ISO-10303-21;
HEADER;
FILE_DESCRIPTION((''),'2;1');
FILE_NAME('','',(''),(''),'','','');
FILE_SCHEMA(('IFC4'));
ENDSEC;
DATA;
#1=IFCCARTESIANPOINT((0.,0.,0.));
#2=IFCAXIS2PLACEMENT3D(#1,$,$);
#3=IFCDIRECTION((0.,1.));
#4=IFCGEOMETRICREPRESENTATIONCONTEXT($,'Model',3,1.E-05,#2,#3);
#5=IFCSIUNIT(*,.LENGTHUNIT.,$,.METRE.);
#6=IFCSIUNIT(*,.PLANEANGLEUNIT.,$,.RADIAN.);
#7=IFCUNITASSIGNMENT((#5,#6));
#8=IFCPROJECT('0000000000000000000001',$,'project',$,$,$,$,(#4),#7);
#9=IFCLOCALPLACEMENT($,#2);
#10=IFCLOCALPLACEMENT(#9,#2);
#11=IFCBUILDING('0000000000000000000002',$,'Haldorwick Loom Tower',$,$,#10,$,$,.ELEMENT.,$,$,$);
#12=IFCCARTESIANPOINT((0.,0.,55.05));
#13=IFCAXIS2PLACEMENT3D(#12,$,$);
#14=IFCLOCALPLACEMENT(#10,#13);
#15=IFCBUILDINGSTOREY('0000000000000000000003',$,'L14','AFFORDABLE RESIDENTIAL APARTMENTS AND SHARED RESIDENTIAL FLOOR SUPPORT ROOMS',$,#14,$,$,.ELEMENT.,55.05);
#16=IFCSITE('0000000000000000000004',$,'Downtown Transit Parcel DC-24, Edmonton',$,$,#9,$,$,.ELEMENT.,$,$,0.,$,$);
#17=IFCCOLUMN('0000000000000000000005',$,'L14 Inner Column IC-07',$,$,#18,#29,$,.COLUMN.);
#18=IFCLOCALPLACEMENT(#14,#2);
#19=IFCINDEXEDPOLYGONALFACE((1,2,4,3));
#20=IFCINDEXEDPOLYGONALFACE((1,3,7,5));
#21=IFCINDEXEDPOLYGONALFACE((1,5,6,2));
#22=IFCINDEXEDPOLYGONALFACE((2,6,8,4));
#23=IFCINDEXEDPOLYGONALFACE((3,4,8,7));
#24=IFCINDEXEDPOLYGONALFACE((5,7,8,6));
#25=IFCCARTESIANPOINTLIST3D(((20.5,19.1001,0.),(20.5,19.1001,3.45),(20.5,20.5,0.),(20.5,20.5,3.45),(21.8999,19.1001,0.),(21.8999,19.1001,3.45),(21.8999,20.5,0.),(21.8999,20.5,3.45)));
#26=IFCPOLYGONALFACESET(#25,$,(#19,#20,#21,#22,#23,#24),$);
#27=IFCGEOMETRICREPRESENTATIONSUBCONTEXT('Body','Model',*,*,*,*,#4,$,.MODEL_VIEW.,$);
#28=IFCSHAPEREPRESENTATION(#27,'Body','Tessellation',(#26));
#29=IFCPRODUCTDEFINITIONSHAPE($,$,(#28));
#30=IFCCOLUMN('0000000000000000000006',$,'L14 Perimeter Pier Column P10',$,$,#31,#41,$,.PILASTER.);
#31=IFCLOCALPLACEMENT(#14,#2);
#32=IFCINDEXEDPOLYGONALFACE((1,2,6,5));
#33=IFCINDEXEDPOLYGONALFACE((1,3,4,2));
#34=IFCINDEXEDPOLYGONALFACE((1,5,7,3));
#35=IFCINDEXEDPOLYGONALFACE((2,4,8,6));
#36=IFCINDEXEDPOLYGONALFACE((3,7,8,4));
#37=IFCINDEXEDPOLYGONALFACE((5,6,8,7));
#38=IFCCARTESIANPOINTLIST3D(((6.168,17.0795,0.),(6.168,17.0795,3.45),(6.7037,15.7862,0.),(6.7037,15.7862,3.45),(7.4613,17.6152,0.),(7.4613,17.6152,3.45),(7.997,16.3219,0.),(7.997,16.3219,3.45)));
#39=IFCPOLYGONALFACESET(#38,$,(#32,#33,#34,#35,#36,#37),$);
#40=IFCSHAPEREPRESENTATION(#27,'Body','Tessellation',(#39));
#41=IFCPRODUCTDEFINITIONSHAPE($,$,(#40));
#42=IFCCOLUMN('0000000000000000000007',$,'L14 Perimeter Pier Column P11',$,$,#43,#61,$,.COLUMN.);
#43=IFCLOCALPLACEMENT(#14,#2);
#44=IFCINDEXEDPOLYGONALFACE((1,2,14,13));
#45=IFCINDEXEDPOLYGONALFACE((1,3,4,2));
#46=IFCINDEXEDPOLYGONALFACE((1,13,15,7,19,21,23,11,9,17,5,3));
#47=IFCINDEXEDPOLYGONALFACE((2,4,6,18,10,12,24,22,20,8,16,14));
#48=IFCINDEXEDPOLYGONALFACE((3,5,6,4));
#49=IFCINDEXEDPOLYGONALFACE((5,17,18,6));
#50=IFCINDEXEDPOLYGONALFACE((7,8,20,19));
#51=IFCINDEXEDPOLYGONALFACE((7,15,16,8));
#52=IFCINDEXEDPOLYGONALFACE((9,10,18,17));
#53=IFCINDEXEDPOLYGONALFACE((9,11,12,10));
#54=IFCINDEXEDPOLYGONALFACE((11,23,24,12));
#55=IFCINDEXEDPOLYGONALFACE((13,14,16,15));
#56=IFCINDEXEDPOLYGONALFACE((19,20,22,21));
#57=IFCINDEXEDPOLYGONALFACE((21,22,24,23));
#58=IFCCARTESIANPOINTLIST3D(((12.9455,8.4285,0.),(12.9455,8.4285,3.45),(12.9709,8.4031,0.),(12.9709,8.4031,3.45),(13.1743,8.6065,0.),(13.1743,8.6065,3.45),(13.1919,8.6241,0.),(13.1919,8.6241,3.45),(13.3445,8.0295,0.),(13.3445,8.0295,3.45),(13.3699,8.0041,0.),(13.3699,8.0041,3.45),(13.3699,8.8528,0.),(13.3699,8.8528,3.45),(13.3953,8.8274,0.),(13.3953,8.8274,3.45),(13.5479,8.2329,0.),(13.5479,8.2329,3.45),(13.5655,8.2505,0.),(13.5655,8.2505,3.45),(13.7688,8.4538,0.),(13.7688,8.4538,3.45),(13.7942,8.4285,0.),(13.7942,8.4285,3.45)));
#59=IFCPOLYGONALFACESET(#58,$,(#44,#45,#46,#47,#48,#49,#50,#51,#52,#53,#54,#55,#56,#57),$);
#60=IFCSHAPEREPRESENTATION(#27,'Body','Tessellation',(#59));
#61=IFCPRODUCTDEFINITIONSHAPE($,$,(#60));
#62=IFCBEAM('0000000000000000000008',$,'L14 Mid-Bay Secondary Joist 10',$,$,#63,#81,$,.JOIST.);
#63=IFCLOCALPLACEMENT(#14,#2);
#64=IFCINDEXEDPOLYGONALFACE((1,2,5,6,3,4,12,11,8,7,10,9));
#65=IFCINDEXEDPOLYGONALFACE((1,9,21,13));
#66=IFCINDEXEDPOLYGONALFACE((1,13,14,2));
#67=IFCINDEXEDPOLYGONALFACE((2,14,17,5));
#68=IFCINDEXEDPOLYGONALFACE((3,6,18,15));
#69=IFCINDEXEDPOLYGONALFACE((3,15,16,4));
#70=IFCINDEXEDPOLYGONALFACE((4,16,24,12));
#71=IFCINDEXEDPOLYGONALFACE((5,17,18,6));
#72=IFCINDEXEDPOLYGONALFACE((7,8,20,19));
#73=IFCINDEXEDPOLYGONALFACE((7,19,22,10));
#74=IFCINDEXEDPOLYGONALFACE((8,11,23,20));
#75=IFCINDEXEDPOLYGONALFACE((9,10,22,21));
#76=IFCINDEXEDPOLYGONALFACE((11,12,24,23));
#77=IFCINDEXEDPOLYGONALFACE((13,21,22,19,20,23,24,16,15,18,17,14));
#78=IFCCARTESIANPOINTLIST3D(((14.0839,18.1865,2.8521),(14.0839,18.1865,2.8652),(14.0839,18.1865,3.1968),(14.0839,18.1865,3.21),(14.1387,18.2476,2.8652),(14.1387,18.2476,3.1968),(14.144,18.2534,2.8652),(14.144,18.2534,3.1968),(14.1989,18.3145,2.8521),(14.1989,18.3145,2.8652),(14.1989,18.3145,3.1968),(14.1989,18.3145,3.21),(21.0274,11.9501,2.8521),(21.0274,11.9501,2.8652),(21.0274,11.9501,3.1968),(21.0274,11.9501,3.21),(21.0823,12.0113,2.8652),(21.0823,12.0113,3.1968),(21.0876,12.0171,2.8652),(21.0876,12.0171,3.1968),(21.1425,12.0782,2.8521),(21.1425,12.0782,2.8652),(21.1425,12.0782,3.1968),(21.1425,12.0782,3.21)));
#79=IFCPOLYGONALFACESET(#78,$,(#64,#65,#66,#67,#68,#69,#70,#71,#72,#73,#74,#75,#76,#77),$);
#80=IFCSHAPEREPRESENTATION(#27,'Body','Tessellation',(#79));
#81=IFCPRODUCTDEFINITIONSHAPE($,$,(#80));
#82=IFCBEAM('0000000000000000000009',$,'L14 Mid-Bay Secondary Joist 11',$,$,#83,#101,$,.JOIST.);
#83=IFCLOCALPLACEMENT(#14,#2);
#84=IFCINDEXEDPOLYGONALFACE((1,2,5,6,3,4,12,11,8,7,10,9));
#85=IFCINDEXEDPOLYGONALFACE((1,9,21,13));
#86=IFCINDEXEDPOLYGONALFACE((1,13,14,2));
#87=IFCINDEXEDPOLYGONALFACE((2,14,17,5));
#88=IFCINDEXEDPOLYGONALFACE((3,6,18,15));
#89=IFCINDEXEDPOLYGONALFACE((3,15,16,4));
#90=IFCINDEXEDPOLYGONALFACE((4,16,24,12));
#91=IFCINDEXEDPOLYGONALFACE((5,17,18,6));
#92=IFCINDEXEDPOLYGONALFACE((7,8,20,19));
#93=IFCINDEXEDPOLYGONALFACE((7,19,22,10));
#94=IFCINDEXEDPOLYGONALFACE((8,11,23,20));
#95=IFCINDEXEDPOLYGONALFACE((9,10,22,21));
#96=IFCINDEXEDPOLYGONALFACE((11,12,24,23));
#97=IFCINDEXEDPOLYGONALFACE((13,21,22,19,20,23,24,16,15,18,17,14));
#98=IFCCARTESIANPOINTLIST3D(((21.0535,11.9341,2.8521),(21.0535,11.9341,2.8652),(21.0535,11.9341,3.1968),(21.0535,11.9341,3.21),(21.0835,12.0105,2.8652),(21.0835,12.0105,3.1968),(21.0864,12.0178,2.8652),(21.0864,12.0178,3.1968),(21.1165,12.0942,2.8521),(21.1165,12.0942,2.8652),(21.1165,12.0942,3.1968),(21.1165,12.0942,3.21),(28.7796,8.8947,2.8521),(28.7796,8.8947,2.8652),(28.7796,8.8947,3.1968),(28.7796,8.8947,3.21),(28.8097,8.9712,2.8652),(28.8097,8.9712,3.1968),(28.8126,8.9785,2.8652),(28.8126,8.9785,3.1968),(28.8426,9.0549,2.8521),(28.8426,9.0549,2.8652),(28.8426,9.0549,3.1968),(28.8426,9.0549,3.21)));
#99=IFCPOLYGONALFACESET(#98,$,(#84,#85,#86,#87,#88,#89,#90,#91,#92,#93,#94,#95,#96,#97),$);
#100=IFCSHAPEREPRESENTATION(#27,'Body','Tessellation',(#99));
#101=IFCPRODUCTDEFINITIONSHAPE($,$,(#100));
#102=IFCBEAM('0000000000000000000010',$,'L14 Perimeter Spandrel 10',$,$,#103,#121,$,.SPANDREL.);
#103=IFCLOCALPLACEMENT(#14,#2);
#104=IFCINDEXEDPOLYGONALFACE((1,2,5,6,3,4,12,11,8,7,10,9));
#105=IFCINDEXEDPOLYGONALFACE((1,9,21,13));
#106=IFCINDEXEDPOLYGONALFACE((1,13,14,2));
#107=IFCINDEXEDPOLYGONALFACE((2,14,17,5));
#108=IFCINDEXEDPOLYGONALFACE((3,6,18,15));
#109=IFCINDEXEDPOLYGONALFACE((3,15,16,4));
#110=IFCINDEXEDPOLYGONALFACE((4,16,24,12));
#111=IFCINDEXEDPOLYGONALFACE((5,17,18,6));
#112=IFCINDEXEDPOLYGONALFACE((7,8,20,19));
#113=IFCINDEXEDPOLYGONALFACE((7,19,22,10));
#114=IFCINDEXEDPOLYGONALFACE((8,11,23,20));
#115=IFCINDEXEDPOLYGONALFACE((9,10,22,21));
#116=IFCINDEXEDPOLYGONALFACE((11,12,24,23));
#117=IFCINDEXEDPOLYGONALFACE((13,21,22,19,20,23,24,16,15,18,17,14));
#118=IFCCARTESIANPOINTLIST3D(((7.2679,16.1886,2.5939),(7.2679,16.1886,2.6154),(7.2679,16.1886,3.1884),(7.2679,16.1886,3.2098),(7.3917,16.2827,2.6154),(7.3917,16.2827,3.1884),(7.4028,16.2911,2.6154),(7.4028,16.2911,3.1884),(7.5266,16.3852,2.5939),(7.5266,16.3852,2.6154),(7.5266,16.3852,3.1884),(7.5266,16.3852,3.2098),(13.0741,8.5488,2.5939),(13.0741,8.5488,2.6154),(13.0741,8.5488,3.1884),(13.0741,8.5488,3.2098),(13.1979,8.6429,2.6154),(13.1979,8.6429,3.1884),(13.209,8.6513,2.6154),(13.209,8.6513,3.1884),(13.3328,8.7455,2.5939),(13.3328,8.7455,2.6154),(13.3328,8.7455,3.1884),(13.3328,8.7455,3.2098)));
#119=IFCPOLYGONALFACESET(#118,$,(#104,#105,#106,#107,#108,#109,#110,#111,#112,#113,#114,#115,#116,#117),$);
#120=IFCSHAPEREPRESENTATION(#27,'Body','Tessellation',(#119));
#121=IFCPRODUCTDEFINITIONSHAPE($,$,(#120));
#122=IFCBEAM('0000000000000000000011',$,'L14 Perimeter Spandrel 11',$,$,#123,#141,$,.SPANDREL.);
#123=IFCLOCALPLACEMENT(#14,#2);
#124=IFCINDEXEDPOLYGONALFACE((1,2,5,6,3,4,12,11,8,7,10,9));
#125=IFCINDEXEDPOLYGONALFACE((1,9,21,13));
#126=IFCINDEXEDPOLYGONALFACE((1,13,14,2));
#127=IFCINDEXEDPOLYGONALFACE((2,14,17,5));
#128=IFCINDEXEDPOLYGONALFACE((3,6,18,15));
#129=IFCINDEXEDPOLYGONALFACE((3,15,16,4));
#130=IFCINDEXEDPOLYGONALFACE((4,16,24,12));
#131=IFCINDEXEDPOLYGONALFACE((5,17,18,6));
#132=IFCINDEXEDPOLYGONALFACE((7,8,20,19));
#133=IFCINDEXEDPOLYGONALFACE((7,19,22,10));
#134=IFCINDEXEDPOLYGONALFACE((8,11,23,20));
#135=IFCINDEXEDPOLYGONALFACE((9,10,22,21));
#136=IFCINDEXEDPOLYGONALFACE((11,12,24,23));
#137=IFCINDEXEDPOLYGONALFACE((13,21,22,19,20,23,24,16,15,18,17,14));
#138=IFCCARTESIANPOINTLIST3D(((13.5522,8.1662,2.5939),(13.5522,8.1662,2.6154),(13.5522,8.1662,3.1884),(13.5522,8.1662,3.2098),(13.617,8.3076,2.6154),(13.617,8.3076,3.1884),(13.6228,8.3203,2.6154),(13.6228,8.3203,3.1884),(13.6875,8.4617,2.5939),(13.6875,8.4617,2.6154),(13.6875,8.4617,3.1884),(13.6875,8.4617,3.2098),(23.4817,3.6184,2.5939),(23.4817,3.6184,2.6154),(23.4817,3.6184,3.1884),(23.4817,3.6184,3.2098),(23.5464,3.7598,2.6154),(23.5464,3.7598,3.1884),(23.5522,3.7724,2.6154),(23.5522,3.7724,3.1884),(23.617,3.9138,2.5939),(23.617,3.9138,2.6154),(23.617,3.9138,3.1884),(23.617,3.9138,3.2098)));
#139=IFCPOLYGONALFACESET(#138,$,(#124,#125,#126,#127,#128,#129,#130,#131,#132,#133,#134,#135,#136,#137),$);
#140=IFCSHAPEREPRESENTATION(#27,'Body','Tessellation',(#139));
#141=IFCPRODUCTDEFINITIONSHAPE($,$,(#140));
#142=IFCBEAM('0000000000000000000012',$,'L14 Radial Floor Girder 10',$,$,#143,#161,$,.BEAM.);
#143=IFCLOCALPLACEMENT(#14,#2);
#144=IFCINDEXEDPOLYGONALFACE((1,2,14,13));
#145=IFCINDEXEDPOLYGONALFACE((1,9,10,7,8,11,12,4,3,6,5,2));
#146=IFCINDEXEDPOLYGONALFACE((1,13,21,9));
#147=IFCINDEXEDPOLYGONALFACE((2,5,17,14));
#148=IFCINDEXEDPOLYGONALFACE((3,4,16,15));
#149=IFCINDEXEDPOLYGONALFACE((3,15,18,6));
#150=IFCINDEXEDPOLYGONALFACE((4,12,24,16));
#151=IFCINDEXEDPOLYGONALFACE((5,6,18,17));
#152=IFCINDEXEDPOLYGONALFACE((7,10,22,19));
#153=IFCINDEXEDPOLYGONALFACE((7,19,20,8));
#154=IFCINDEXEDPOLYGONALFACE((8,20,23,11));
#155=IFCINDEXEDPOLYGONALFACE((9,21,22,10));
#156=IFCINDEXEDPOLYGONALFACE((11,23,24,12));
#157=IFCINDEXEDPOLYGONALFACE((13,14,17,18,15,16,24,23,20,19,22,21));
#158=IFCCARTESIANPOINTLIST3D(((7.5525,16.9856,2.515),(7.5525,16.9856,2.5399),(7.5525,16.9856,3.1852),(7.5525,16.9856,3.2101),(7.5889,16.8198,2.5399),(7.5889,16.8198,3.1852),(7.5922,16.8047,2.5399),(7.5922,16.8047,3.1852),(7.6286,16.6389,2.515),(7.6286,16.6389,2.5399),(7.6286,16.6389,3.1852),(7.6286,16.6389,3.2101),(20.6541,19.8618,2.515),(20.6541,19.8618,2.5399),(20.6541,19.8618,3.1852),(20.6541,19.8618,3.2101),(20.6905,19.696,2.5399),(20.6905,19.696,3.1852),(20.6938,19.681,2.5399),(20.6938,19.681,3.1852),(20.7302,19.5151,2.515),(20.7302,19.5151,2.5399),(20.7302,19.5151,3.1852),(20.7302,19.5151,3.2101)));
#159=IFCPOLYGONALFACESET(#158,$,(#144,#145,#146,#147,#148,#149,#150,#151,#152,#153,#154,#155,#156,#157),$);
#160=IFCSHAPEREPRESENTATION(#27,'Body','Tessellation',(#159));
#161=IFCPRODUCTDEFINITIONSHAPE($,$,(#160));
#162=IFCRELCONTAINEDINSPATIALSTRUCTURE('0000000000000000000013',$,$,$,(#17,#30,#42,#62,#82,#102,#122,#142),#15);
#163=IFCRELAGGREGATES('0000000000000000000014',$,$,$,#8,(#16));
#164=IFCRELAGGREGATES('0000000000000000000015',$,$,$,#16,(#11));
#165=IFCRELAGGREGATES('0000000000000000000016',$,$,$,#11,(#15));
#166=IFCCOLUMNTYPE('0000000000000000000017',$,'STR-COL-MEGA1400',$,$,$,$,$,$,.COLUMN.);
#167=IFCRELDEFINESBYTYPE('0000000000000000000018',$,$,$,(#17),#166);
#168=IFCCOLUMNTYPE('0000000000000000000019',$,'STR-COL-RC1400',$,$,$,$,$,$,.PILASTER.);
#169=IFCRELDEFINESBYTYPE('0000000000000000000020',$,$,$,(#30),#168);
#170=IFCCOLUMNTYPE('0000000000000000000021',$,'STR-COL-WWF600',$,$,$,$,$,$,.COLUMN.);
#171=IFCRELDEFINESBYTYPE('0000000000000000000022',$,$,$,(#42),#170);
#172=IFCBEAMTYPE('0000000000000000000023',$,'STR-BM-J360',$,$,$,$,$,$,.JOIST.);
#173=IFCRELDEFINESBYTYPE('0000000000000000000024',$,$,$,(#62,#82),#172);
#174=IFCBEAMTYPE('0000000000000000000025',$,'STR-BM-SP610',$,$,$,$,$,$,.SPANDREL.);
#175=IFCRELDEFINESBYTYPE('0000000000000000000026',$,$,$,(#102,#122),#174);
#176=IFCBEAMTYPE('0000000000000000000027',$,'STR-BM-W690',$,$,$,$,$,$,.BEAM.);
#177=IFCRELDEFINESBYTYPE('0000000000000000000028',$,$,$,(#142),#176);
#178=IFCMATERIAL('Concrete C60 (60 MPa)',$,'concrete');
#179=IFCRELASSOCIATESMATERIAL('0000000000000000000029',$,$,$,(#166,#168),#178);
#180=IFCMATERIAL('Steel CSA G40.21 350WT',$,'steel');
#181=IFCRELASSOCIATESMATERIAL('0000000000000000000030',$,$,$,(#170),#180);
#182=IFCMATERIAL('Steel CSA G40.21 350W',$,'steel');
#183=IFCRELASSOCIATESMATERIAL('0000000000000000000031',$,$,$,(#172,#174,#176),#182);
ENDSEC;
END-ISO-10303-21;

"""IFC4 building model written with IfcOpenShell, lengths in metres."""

from ifc_helpers import new_model, si_unit, direction, frame, origin, origin_2d, place, context, subcontext, project, spatial, rectangle, i_section, extrude, material, material_profile, profile_set, type_object, element, save


model = new_model("IFC4")

# Units and contexts
model_context = context("Model", 3, precision=1e-05, world=origin(), true_north=direction((0.0, 1.0)))
body_context = subcontext(model_context, "Body", "Model", "MODEL_VIEW")
ifc_project = project(units=[si_unit("LENGTHUNIT", "METRE"), si_unit("PLANEANGLEUNIT", "RADIAN")], contexts=[model_context])

# Site, building, storey
site_placement = place(None, origin())
site = spatial("IfcSite", under=ifc_project, at=site_placement, Name="Downtown Transit Parcel DC-24, Edmonton", CompositionType="ELEMENT", RefElevation=0.0)
building_placement = place(site_placement, origin())
building = spatial("IfcBuilding", under=site, at=building_placement, Name="Haldorwick Loom Tower", CompositionType="ELEMENT")
storey_placement = place(building_placement, frame((0.0, 0.0, 55.05)))
storey = spatial("IfcBuildingStorey", under=building, at=storey_placement, Name="L14", Description="AFFORDABLE RESIDENTIAL APARTMENTS AND SHARED RESIDENTIAL FLOOR SUPPORT ROOMS", CompositionType="ELEMENT", Elevation=55.05)

# Columns
ifc_material_1 = material(Name="Concrete C60 (60 MPa)", Category="concrete")
ifc_material_profile_1 = material_profile(ifc_material_1, rectangle(XDim=1.3999, YDim=1.3999, at=origin_2d()), Name="RC1400X1400", Category="concrete")
ifc_profile_set_1 = profile_set([ifc_material_profile_1], Name="Concrete C60 (60 MPa)")
column_type_1 = type_object("IfcColumnType", Name="STR-COL-MEGA1400", PredefinedType="COLUMN", material=ifc_profile_set_1)
column_1_placement = place(storey_placement, frame((21.2, 19.8, 0.0), z_axis=(0.0, 0.0, 1.0), x_axis=(1.0, 0.0, 0.0)))
element("IfcColumn", 1, at=column_1_placement, inside=storey, type_object=column_type_1, Name="L14 Inner Column IC-07", PredefinedType="COLUMN", context=body_context, shape_type="SweptSolid", body=[
    extrude(rectangle(XDim=1.3999, YDim=1.3999, at=origin_2d()), origin(), (0.0, 0.0, 1.0), 3.45),
])
ifc_material_profile_2 = material_profile(ifc_material_1, rectangle(XDim=1.3999, YDim=1.3999, at=origin_2d()), Name="RC1400X1400", Category="concrete")
ifc_profile_set_2 = profile_set([ifc_material_profile_2], Name="Concrete C60 (60 MPa)")
column_type_2 = type_object("IfcColumnType", Name="STR-COL-RC1400", PredefinedType="PILASTER", material=ifc_profile_set_2)
column_2_placement = place(storey_placement, frame((7.0825, 16.7007, 0.0), z_axis=(0.0, 0.0, 1.0), x_axis=(-0.92388, -0.382683, 0.0)))
element("IfcColumn", 2, at=column_2_placement, inside=storey, type_object=column_type_2, Name="L14 Perimeter Pier Column P10", PredefinedType="PILASTER", context=body_context, shape_type="SweptSolid", body=[
    extrude(rectangle(XDim=1.3999, YDim=1.3999, at=origin_2d()), origin(), (0.0, 0.0, 1.0), 3.45),
])
ifc_material_2 = material(Name="Steel CSA G40.21 350WT", Category="steel")
ifc_material_profile_3 = material_profile(ifc_material_2, i_section(OverallWidth=0.6001, OverallDepth=0.6001, WebThickness=0.0249, FlangeThickness=0.0359, at=origin_2d()), Name="WWF600X600", Category="steel")
ifc_profile_set_3 = profile_set([ifc_material_profile_3], Name="Steel CSA G40.21 350WT")
column_type_3 = type_object("IfcColumnType", Name="STR-COL-WWF600", PredefinedType="COLUMN", material=ifc_profile_set_3)
column_3_placement = place(storey_placement, frame((13.3699, 8.4285, 0.0), z_axis=(0.0, 0.0, 1.0), x_axis=(-0.707107, -0.707107, 0.0)))
element("IfcColumn", 3, at=column_3_placement, inside=storey, type_object=column_type_3, Name="L14 Perimeter Pier Column P11", PredefinedType="COLUMN", context=body_context, shape_type="SweptSolid", body=[
    extrude(i_section(OverallWidth=0.6001, OverallDepth=0.6001, WebThickness=0.0249, FlangeThickness=0.0359, at=origin_2d()), origin(), (0.0, 0.0, 1.0), 3.45),
])

# Beams
ifc_material_3 = material(Name="Steel CSA G40.21 350W", Category="steel")
ifc_material_profile_4 = material_profile(ifc_material_3, i_section(OverallWidth=0.1721, OverallDepth=0.3579, WebThickness=0.0078, FlangeThickness=0.0132, at=origin_2d()), Name="W360X57", Category="steel")
ifc_profile_set_4 = profile_set([ifc_material_profile_4], Name="Steel CSA G40.21 350W")
beam_type_1 = type_object("IfcBeamType", Name="STR-BM-J360", PredefinedType="JOIST", material=ifc_profile_set_4)
beam_1_placement = place(storey_placement, frame((14.1414, 18.2505, 3.031), z_axis=(0.743982, -0.6682, 0.0), x_axis=(0.6682, 0.743982, 0.0)))
element("IfcBeam", 4, at=beam_1_placement, inside=storey, type_object=beam_type_1, Name="L14 Mid-Bay Secondary Joist 10", PredefinedType="JOIST", context=body_context, shape_type="SweptSolid", body=[
    extrude(i_section(OverallWidth=0.1721, OverallDepth=0.3579, WebThickness=0.0078, FlangeThickness=0.0132, at=origin_2d()), origin(), (0.0, 0.0, 1.0), 9.333),
])
beam_2_placement = place(storey_placement, frame((21.085, 12.0142, 3.031), z_axis=(0.930585, -0.366076, 0.0), x_axis=(0.366076, 0.930585, 0.0)))
element("IfcBeam", 5, at=beam_2_placement, inside=storey, type_object=beam_type_1, Name="L14 Mid-Bay Secondary Joist 11", PredefinedType="JOIST", context=body_context, shape_type="SweptSolid", body=[
    extrude(i_section(OverallWidth=0.1721, OverallDepth=0.3579, WebThickness=0.0078, FlangeThickness=0.0132, at=origin_2d()), origin(), (0.0, 0.0, 1.0), 8.3025),
])
ifc_material_profile_5 = material_profile(ifc_material_3, i_section(OverallWidth=0.325, OverallDepth=0.616, WebThickness=0.0139, FlangeThickness=0.0215, at=origin_2d()), Name="W610X174", Category="steel")
ifc_profile_set_5 = profile_set([ifc_material_profile_5], Name="Steel CSA G40.21 350W")
beam_type_2 = type_object("IfcBeamType", Name="STR-BM-SP610", PredefinedType="SPANDREL", material=ifc_profile_set_5)
beam_3_placement = place(storey_placement, frame((7.3972, 16.2869, 2.9019), z_axis=(0.605085, -0.796161, 0.0), x_axis=(0.796161, 0.605085, 0.0)))
element("IfcBeam", 6, at=beam_3_placement, inside=storey, type_object=beam_type_2, Name="L14 Perimeter Spandrel 10", PredefinedType="SPANDREL", context=body_context, shape_type="SweptSolid", body=[
    extrude(i_section(OverallWidth=0.325, OverallDepth=0.616, WebThickness=0.0139, FlangeThickness=0.0215, at=origin_2d()), origin(), (0.0, 0.0, 1.0), 9.5957),
])
beam_4_placement = place(storey_placement, frame((13.6199, 8.314, 2.9019), z_axis=(0.909174, -0.416417, 0.0), x_axis=(0.416417, 0.909174, 0.0)))
element("IfcBeam", 7, at=beam_4_placement, inside=storey, type_object=beam_type_2, Name="L14 Perimeter Spandrel 11", PredefinedType="SPANDREL", context=body_context, shape_type="SweptSolid", body=[
    extrude(i_section(OverallWidth=0.325, OverallDepth=0.616, WebThickness=0.0139, FlangeThickness=0.0215, at=origin_2d()), origin(), (0.0, 0.0, 1.0), 10.9214),
])
ifc_material_profile_6 = material_profile(ifc_material_3, i_section(OverallWidth=0.355, OverallDepth=0.6951, WebThickness=0.0154, FlangeThickness=0.0249, at=origin_2d()), Name="W690X217", Category="steel")
ifc_profile_set_6 = profile_set([ifc_material_profile_6], Name="Steel CSA G40.21 350W")
beam_type_3 = type_object("IfcBeamType", Name="STR-BM-W690", PredefinedType="BEAM", material=ifc_profile_set_6)
beam_5_placement = place(storey_placement, frame((20.6921, 19.6885, 2.8625), z_axis=(-0.97674, -0.214426, 0.0), x_axis=(0.214426, -0.97674, 0.0)))
element("IfcBeam", 8, at=beam_5_placement, inside=storey, type_object=beam_type_3, Name="L14 Radial Floor Girder 10", PredefinedType="BEAM", context=body_context, shape_type="SweptSolid", body=[
    extrude(i_section(OverallWidth=0.355, OverallDepth=0.6951, WebThickness=0.0154, FlangeThickness=0.0249, at=origin_2d()), origin(), (0.0, 0.0, 1.0), 13.4136),
])

save(model, "model.ifc")
